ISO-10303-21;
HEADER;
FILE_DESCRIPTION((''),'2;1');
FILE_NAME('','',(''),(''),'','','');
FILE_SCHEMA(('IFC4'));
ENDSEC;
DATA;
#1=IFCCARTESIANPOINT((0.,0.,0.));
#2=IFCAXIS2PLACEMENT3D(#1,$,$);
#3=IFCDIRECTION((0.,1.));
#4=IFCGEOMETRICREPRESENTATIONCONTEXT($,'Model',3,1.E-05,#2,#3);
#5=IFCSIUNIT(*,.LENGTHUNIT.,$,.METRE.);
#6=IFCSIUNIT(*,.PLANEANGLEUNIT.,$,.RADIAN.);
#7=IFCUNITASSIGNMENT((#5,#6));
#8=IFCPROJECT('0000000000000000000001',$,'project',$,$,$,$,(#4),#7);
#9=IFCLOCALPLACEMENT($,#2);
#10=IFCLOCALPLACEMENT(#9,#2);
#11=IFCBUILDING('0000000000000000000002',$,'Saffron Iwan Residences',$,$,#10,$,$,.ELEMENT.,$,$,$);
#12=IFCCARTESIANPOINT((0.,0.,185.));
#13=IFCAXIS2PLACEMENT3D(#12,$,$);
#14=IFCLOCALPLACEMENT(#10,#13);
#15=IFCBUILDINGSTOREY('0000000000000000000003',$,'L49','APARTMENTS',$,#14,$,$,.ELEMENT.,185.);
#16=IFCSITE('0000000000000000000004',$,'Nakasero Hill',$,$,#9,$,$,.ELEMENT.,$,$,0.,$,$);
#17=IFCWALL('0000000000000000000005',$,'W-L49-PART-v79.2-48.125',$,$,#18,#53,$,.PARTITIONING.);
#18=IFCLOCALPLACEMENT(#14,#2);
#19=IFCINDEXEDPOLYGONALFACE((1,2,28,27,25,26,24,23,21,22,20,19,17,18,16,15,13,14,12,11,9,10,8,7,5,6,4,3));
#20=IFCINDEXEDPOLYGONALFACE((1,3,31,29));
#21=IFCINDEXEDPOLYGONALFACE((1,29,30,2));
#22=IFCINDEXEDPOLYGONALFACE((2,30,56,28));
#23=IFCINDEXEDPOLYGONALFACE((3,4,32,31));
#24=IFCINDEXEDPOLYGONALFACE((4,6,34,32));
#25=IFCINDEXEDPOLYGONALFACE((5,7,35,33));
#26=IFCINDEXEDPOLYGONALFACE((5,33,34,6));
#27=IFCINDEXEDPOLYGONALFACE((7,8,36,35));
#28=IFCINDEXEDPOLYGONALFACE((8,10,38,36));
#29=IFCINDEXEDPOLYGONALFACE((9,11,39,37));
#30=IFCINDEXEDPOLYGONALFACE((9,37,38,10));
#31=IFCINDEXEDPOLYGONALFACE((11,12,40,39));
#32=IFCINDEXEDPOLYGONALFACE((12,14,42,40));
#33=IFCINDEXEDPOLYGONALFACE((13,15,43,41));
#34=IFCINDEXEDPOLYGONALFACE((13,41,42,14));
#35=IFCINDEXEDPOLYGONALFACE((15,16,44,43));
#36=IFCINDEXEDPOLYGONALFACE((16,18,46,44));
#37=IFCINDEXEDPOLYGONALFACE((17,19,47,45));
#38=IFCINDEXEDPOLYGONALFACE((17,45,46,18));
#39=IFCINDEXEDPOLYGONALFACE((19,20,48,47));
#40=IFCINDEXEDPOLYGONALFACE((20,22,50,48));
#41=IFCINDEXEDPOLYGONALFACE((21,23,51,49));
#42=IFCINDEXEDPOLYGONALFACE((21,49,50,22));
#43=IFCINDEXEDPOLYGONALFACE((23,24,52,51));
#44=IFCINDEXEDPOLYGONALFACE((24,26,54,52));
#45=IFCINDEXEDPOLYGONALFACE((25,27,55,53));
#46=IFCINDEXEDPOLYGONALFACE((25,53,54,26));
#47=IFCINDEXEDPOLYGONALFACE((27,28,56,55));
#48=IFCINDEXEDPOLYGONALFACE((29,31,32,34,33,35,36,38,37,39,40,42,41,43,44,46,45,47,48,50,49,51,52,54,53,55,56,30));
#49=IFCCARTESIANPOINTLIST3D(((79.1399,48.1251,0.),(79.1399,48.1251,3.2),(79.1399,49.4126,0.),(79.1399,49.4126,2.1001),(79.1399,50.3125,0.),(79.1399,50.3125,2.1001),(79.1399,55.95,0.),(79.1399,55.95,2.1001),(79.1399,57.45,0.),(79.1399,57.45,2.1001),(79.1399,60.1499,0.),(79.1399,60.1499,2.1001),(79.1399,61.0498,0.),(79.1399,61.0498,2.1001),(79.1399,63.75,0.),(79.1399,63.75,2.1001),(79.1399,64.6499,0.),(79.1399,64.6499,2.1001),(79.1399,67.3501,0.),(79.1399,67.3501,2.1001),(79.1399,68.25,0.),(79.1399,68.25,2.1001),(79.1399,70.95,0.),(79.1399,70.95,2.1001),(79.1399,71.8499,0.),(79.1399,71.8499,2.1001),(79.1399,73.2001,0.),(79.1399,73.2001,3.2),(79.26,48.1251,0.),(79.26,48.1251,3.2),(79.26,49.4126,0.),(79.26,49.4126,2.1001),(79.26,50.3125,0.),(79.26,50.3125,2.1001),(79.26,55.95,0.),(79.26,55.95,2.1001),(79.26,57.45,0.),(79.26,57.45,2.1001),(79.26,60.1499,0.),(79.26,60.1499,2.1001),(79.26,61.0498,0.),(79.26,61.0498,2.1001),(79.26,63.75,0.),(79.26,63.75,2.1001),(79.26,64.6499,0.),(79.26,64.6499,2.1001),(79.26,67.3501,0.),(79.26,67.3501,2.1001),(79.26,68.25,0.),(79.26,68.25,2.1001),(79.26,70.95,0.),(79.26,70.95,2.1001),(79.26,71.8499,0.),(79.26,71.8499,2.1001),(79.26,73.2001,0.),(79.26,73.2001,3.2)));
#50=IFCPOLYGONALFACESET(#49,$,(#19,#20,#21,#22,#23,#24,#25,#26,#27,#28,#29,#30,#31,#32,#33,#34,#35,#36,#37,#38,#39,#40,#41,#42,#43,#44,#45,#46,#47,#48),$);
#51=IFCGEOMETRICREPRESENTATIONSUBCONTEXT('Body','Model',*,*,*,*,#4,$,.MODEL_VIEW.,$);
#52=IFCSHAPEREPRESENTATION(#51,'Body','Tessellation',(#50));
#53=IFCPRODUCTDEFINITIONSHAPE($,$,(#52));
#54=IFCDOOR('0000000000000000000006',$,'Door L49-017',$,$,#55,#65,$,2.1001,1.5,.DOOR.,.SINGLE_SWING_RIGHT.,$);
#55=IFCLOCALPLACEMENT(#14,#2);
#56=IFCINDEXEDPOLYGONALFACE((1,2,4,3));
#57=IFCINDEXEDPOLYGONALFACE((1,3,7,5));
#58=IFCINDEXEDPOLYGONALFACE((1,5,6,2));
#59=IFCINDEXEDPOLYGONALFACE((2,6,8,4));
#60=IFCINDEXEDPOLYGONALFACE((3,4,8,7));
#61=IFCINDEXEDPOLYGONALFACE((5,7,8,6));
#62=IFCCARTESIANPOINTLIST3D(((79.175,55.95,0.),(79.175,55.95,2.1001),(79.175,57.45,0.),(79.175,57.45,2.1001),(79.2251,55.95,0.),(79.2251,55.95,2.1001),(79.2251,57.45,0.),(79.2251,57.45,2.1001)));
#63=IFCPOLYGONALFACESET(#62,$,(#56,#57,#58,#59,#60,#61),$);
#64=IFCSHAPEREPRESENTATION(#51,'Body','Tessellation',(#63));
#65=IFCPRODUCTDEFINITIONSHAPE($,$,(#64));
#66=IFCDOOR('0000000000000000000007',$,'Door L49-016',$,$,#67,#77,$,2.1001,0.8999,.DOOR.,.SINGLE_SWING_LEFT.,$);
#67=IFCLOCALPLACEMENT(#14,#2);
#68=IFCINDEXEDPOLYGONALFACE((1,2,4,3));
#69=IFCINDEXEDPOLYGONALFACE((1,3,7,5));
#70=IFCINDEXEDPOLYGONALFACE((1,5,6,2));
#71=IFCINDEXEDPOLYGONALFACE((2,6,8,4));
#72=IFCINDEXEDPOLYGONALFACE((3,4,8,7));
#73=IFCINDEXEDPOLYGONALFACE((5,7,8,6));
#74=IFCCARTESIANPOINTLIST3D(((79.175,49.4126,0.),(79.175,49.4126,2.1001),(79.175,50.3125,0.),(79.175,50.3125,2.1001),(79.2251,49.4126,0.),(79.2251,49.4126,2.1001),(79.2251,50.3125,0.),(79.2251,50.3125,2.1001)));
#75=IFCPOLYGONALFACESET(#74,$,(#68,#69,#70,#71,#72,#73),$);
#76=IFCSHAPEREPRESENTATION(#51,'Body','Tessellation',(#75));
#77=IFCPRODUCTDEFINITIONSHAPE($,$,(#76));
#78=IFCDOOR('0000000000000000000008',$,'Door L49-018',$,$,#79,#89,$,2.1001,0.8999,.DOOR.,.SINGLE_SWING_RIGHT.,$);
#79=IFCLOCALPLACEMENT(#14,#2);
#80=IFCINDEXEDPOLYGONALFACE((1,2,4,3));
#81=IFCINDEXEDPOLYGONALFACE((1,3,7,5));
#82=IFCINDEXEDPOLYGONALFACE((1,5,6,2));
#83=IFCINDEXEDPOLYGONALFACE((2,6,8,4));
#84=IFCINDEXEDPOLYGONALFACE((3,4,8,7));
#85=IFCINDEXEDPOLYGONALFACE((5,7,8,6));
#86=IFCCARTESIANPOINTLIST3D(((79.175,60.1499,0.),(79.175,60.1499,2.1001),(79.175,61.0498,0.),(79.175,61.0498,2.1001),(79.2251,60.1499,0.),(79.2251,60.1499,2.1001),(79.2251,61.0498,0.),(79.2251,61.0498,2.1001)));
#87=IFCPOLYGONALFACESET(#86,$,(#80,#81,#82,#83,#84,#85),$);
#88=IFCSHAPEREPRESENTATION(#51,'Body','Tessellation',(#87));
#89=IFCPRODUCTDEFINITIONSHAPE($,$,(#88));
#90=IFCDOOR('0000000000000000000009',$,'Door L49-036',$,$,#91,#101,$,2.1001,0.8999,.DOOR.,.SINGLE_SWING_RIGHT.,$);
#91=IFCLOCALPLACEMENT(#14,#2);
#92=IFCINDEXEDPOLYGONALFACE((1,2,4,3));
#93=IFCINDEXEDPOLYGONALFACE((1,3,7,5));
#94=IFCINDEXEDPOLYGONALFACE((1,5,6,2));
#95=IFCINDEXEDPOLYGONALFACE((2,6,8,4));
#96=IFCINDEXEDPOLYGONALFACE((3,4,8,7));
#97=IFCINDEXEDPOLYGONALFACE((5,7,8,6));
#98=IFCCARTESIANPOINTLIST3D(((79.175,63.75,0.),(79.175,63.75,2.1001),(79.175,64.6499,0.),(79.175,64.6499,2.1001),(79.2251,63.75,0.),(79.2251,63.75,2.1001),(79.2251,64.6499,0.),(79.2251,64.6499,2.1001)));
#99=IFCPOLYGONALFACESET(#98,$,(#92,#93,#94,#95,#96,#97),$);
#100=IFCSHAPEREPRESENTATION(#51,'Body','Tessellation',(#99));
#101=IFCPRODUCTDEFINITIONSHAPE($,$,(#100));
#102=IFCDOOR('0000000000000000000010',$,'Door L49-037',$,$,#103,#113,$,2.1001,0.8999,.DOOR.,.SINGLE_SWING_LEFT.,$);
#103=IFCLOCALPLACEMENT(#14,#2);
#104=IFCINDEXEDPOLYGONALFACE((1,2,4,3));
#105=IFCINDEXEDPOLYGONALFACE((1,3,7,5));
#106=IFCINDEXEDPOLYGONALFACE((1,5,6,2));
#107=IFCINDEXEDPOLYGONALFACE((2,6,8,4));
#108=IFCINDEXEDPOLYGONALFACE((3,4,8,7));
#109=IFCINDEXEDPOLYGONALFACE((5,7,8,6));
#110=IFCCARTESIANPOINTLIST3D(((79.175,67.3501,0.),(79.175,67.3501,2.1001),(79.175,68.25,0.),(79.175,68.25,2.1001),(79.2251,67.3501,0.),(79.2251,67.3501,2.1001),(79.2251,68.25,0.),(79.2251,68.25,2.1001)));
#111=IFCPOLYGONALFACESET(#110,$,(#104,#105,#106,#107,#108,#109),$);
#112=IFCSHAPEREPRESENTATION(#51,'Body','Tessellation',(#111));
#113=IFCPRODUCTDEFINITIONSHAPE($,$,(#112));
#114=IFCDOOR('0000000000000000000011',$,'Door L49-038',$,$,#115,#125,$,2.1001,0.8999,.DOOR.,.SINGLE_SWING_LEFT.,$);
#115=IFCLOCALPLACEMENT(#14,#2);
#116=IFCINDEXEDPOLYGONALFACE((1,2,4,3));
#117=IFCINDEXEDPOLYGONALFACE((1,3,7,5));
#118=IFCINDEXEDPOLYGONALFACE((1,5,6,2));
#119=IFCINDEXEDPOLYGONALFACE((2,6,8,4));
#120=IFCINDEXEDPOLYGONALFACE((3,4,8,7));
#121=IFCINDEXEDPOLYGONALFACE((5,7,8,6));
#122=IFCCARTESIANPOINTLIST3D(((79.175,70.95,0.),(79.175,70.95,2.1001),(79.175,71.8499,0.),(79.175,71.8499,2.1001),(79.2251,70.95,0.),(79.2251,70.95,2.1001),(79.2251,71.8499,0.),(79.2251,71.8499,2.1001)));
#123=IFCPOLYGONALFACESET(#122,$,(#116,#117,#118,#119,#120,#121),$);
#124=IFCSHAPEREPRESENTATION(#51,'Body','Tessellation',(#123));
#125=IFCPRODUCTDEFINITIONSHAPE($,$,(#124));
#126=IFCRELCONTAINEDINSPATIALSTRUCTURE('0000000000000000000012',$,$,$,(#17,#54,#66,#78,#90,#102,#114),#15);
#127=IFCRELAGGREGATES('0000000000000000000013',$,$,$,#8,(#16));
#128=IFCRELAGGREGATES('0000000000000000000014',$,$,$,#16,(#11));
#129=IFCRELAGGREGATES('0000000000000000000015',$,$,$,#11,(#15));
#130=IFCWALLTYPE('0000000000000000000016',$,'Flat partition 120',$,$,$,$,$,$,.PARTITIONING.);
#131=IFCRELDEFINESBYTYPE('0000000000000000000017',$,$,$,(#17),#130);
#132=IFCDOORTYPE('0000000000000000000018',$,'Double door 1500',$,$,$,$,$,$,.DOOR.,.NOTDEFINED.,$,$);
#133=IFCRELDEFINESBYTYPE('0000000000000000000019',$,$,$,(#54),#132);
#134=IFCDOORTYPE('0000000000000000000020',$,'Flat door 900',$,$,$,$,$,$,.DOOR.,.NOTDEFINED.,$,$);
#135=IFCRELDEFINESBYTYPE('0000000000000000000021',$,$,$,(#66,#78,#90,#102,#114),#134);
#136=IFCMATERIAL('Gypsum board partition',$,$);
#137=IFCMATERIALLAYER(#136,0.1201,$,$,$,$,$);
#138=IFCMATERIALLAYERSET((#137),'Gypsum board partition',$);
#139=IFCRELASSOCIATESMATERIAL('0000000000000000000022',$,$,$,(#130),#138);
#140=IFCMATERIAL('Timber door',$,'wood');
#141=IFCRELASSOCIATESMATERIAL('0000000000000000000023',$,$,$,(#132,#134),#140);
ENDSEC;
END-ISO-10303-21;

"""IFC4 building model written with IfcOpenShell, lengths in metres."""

from ifc_helpers import new_model, si_unit, direction, frame, frame_2d, origin, place, context, subcontext, project, spatial, rectangle, extrude, material, layer, layer_set, type_object, element, fill, save


model = new_model("IFC4")

# Units and contexts
model_context = context("Model", 3, precision=1e-05, world=origin(), true_north=direction((0.0, 1.0)))
body_context = subcontext(model_context, "Body", "Model", "MODEL_VIEW")
ifc_project = project(units=[si_unit("LENGTHUNIT", "METRE"), si_unit("PLANEANGLEUNIT", "RADIAN")], contexts=[model_context])

# Site, building, storey
site_placement = place(None, origin())
site = spatial("IfcSite", under=ifc_project, at=site_placement, Name="Nakasero Hill", CompositionType="ELEMENT", RefElevation=0.0)
building_placement = place(site_placement, origin())
building = spatial("IfcBuilding", under=site, at=building_placement, Name="Saffron Iwan Residences", CompositionType="ELEMENT")
storey_placement = place(building_placement, frame((0.0, 0.0, 185.0)))
storey = spatial("IfcBuildingStorey", under=building, at=storey_placement, Name="L49", Description="APARTMENTS", CompositionType="ELEMENT", Elevation=185.0)

# Shared definitions
ifc_material_1 = material(Name="Gypsum board partition")
ifc_layer_1 = layer(ifc_material_1, 0.1201)
ifc_layer_set_1 = layer_set([ifc_layer_1], Name="Gypsum board partition")
wall_type_1 = type_object("IfcWallType", Name="Flat partition 120", PredefinedType="PARTITIONING", material=ifc_layer_set_1)

# Shared definitions
ifc_material_2 = material(Name="Timber door", Category="wood")

# Wall, openings, doors
wall_1_placement = place(storey_placement, frame((79.2, 48.125, 0.0), z_axis=(0.0, 0.0, 1.0), x_axis=(0.0, 1.0, 0.0)))
wall_1 = element("IfcWall", 1, at=wall_1_placement, inside=storey, type_object=wall_type_1, Name="W-L49-PART-v79.2-48.125", PredefinedType="PARTITIONING", context=body_context, shape_type="SweptSolid", body=[
    extrude(rectangle(XDim=25.075, YDim=0.1201, at=frame_2d((12.5376, 0.0))), origin(), (0.0, 0.0, 1.0), 3.2),
])
opening_1_placement = place(wall_1_placement, frame((1.2876, 0.0, 0.0)))
opening_1 = element("IfcOpeningElement", 2, at=opening_1_placement, cuts=wall_1, PredefinedType="OPENING", context=body_context, shape_type="SweptSolid", body=[
    extrude(rectangle(XDim=0.8999, YDim=2.1001, at=frame_2d((0.45, 1.05))), frame((0.0, 0.0701, 0.0), z_axis=(0.0, -1.0, 0.0), x_axis=(1.0, 0.0, 0.0)), (0.0, 0.0, 1.0), 0.1401),
])
opening_2_placement = place(wall_1_placement, frame((7.825, 0.0, 0.0)))
opening_2 = element("IfcOpeningElement", 3, at=opening_2_placement, cuts=wall_1, PredefinedType="OPENING", context=body_context, shape_type="SweptSolid", body=[
    extrude(rectangle(XDim=1.5, YDim=2.1001, at=frame_2d((0.75, 1.05))), frame((0.0, 0.0701, 0.0), z_axis=(0.0, -1.0, 0.0), x_axis=(1.0, 0.0, 0.0)), (0.0, 0.0, 1.0), 0.1401),
])
opening_3_placement = place(wall_1_placement, frame((12.0249, 0.0, 0.0)))
opening_3 = element("IfcOpeningElement", 4, at=opening_3_placement, cuts=wall_1, PredefinedType="OPENING", context=body_context, shape_type="SweptSolid", body=[
    extrude(rectangle(XDim=0.8999, YDim=2.1001, at=frame_2d((0.45, 1.05))), frame((0.0, 0.0701, 0.0), z_axis=(0.0, -1.0, 0.0), x_axis=(1.0, 0.0, 0.0)), (0.0, 0.0, 1.0), 0.1401),
])
opening_4_placement = place(wall_1_placement, frame((15.625, 0.0, 0.0)))
opening_4 = element("IfcOpeningElement", 5, at=opening_4_placement, cuts=wall_1, PredefinedType="OPENING", context=body_context, shape_type="SweptSolid", body=[
    extrude(rectangle(XDim=0.8999, YDim=2.1001, at=frame_2d((0.45, 1.05))), frame((0.0, 0.0701, 0.0), z_axis=(0.0, -1.0, 0.0), x_axis=(1.0, 0.0, 0.0)), (0.0, 0.0, 1.0), 0.1401),
])
opening_5_placement = place(wall_1_placement, frame((19.2251, 0.0, 0.0)))
opening_5 = element("IfcOpeningElement", 6, at=opening_5_placement, cuts=wall_1, PredefinedType="OPENING", context=body_context, shape_type="SweptSolid", body=[
    extrude(rectangle(XDim=0.8999, YDim=2.1001, at=frame_2d((0.45, 1.05))), frame((0.0, 0.0701, 0.0), z_axis=(0.0, -1.0, 0.0), x_axis=(1.0, 0.0, 0.0)), (0.0, 0.0, 1.0), 0.1401),
])
opening_6_placement = place(wall_1_placement, frame((22.825, 0.0, 0.0)))
opening_6 = element("IfcOpeningElement", 7, at=opening_6_placement, cuts=wall_1, PredefinedType="OPENING", context=body_context, shape_type="SweptSolid", body=[
    extrude(rectangle(XDim=0.8999, YDim=2.1001, at=frame_2d((0.45, 1.05))), frame((0.0, 0.0701, 0.0), z_axis=(0.0, -1.0, 0.0), x_axis=(1.0, 0.0, 0.0)), (0.0, 0.0, 1.0), 0.1401),
])
door_type_1 = type_object("IfcDoorType", Name="Double door 1500", OperationType="NOTDEFINED", PredefinedType="DOOR", material=ifc_material_2)
door_1_placement = place(opening_2_placement, origin())
door_1 = element("IfcDoor", 8, at=door_1_placement, inside=storey, type_object=door_type_1, Name="Door L49-017", OperationType="SINGLE_SWING_RIGHT", OverallHeight=2.1001, OverallWidth=1.5, PredefinedType="DOOR", context=body_context, shape_type="SweptSolid", body=[
    extrude(rectangle(XDim=1.5, YDim=2.1001, at=frame_2d((0.75, 1.05))), frame((0.0, 0.0249, 0.0), z_axis=(0.0, -1.0, 0.0), x_axis=(1.0, 0.0, 0.0)), (0.0, 0.0, 1.0), 0.05),
])
fill(opening_2, door_1)
door_type_2 = type_object("IfcDoorType", Name="Flat door 900", OperationType="NOTDEFINED", PredefinedType="DOOR", material=ifc_material_2)
door_2_placement = place(opening_1_placement, origin())
door_2 = element("IfcDoor", 9, at=door_2_placement, inside=storey, type_object=door_type_2, Name="Door L49-016", OperationType="SINGLE_SWING_LEFT", OverallHeight=2.1001, OverallWidth=0.8999, PredefinedType="DOOR", context=body_context, shape_type="SweptSolid", body=[
    extrude(rectangle(XDim=0.8999, YDim=2.1001, at=frame_2d((0.45, 1.05))), frame((0.0, 0.0249, 0.0), z_axis=(0.0, -1.0, 0.0), x_axis=(1.0, 0.0, 0.0)), (0.0, 0.0, 1.0), 0.05),
])
fill(opening_1, door_2)
door_3_placement = place(opening_3_placement, origin())
door_3 = element("IfcDoor", 10, at=door_3_placement, inside=storey, type_object=door_type_2, Name="Door L49-018", OperationType="SINGLE_SWING_RIGHT", OverallHeight=2.1001, OverallWidth=0.8999, PredefinedType="DOOR", context=body_context, shape_type="SweptSolid", body=[
    extrude(rectangle(XDim=0.8999, YDim=2.1001, at=frame_2d((0.45, 1.05))), frame((0.0, 0.0249, 0.0), z_axis=(0.0, -1.0, 0.0), x_axis=(1.0, 0.0, 0.0)), (0.0, 0.0, 1.0), 0.05),
])
fill(opening_3, door_3)
door_4_placement = place(opening_4_placement, origin())
door_4 = element("IfcDoor", 11, at=door_4_placement, inside=storey, type_object=door_type_2, Name="Door L49-036", OperationType="SINGLE_SWING_RIGHT", OverallHeight=2.1001, OverallWidth=0.8999, PredefinedType="DOOR", context=body_context, shape_type="SweptSolid", body=[
    extrude(rectangle(XDim=0.8999, YDim=2.1001, at=frame_2d((0.45, 1.05))), frame((0.0, 0.0249, 0.0), z_axis=(0.0, -1.0, 0.0), x_axis=(1.0, 0.0, 0.0)), (0.0, 0.0, 1.0), 0.05),
])
fill(opening_4, door_4)
door_5_placement = place(opening_5_placement, origin())
door_5 = element("IfcDoor", 12, at=door_5_placement, inside=storey, type_object=door_type_2, Name="Door L49-037", OperationType="SINGLE_SWING_LEFT", OverallHeight=2.1001, OverallWidth=0.8999, PredefinedType="DOOR", context=body_context, shape_type="SweptSolid", body=[
    extrude(rectangle(XDim=0.8999, YDim=2.1001, at=frame_2d((0.45, 1.05))), frame((0.0, 0.0249, 0.0), z_axis=(0.0, -1.0, 0.0), x_axis=(1.0, 0.0, 0.0)), (0.0, 0.0, 1.0), 0.05),
])
fill(opening_5, door_5)
door_6_placement = place(opening_6_placement, origin())
door_6 = element("IfcDoor", 13, at=door_6_placement, inside=storey, type_object=door_type_2, Name="Door L49-038", OperationType="SINGLE_SWING_LEFT", OverallHeight=2.1001, OverallWidth=0.8999, PredefinedType="DOOR", context=body_context, shape_type="SweptSolid", body=[
    extrude(rectangle(XDim=0.8999, YDim=2.1001, at=frame_2d((0.45, 1.05))), frame((0.0, 0.0249, 0.0), z_axis=(0.0, -1.0, 0.0), x_axis=(1.0, 0.0, 0.0)), (0.0, 0.0, 1.0), 0.05),
])
fill(opening_6, door_6)

save(model, "model.ifc")
